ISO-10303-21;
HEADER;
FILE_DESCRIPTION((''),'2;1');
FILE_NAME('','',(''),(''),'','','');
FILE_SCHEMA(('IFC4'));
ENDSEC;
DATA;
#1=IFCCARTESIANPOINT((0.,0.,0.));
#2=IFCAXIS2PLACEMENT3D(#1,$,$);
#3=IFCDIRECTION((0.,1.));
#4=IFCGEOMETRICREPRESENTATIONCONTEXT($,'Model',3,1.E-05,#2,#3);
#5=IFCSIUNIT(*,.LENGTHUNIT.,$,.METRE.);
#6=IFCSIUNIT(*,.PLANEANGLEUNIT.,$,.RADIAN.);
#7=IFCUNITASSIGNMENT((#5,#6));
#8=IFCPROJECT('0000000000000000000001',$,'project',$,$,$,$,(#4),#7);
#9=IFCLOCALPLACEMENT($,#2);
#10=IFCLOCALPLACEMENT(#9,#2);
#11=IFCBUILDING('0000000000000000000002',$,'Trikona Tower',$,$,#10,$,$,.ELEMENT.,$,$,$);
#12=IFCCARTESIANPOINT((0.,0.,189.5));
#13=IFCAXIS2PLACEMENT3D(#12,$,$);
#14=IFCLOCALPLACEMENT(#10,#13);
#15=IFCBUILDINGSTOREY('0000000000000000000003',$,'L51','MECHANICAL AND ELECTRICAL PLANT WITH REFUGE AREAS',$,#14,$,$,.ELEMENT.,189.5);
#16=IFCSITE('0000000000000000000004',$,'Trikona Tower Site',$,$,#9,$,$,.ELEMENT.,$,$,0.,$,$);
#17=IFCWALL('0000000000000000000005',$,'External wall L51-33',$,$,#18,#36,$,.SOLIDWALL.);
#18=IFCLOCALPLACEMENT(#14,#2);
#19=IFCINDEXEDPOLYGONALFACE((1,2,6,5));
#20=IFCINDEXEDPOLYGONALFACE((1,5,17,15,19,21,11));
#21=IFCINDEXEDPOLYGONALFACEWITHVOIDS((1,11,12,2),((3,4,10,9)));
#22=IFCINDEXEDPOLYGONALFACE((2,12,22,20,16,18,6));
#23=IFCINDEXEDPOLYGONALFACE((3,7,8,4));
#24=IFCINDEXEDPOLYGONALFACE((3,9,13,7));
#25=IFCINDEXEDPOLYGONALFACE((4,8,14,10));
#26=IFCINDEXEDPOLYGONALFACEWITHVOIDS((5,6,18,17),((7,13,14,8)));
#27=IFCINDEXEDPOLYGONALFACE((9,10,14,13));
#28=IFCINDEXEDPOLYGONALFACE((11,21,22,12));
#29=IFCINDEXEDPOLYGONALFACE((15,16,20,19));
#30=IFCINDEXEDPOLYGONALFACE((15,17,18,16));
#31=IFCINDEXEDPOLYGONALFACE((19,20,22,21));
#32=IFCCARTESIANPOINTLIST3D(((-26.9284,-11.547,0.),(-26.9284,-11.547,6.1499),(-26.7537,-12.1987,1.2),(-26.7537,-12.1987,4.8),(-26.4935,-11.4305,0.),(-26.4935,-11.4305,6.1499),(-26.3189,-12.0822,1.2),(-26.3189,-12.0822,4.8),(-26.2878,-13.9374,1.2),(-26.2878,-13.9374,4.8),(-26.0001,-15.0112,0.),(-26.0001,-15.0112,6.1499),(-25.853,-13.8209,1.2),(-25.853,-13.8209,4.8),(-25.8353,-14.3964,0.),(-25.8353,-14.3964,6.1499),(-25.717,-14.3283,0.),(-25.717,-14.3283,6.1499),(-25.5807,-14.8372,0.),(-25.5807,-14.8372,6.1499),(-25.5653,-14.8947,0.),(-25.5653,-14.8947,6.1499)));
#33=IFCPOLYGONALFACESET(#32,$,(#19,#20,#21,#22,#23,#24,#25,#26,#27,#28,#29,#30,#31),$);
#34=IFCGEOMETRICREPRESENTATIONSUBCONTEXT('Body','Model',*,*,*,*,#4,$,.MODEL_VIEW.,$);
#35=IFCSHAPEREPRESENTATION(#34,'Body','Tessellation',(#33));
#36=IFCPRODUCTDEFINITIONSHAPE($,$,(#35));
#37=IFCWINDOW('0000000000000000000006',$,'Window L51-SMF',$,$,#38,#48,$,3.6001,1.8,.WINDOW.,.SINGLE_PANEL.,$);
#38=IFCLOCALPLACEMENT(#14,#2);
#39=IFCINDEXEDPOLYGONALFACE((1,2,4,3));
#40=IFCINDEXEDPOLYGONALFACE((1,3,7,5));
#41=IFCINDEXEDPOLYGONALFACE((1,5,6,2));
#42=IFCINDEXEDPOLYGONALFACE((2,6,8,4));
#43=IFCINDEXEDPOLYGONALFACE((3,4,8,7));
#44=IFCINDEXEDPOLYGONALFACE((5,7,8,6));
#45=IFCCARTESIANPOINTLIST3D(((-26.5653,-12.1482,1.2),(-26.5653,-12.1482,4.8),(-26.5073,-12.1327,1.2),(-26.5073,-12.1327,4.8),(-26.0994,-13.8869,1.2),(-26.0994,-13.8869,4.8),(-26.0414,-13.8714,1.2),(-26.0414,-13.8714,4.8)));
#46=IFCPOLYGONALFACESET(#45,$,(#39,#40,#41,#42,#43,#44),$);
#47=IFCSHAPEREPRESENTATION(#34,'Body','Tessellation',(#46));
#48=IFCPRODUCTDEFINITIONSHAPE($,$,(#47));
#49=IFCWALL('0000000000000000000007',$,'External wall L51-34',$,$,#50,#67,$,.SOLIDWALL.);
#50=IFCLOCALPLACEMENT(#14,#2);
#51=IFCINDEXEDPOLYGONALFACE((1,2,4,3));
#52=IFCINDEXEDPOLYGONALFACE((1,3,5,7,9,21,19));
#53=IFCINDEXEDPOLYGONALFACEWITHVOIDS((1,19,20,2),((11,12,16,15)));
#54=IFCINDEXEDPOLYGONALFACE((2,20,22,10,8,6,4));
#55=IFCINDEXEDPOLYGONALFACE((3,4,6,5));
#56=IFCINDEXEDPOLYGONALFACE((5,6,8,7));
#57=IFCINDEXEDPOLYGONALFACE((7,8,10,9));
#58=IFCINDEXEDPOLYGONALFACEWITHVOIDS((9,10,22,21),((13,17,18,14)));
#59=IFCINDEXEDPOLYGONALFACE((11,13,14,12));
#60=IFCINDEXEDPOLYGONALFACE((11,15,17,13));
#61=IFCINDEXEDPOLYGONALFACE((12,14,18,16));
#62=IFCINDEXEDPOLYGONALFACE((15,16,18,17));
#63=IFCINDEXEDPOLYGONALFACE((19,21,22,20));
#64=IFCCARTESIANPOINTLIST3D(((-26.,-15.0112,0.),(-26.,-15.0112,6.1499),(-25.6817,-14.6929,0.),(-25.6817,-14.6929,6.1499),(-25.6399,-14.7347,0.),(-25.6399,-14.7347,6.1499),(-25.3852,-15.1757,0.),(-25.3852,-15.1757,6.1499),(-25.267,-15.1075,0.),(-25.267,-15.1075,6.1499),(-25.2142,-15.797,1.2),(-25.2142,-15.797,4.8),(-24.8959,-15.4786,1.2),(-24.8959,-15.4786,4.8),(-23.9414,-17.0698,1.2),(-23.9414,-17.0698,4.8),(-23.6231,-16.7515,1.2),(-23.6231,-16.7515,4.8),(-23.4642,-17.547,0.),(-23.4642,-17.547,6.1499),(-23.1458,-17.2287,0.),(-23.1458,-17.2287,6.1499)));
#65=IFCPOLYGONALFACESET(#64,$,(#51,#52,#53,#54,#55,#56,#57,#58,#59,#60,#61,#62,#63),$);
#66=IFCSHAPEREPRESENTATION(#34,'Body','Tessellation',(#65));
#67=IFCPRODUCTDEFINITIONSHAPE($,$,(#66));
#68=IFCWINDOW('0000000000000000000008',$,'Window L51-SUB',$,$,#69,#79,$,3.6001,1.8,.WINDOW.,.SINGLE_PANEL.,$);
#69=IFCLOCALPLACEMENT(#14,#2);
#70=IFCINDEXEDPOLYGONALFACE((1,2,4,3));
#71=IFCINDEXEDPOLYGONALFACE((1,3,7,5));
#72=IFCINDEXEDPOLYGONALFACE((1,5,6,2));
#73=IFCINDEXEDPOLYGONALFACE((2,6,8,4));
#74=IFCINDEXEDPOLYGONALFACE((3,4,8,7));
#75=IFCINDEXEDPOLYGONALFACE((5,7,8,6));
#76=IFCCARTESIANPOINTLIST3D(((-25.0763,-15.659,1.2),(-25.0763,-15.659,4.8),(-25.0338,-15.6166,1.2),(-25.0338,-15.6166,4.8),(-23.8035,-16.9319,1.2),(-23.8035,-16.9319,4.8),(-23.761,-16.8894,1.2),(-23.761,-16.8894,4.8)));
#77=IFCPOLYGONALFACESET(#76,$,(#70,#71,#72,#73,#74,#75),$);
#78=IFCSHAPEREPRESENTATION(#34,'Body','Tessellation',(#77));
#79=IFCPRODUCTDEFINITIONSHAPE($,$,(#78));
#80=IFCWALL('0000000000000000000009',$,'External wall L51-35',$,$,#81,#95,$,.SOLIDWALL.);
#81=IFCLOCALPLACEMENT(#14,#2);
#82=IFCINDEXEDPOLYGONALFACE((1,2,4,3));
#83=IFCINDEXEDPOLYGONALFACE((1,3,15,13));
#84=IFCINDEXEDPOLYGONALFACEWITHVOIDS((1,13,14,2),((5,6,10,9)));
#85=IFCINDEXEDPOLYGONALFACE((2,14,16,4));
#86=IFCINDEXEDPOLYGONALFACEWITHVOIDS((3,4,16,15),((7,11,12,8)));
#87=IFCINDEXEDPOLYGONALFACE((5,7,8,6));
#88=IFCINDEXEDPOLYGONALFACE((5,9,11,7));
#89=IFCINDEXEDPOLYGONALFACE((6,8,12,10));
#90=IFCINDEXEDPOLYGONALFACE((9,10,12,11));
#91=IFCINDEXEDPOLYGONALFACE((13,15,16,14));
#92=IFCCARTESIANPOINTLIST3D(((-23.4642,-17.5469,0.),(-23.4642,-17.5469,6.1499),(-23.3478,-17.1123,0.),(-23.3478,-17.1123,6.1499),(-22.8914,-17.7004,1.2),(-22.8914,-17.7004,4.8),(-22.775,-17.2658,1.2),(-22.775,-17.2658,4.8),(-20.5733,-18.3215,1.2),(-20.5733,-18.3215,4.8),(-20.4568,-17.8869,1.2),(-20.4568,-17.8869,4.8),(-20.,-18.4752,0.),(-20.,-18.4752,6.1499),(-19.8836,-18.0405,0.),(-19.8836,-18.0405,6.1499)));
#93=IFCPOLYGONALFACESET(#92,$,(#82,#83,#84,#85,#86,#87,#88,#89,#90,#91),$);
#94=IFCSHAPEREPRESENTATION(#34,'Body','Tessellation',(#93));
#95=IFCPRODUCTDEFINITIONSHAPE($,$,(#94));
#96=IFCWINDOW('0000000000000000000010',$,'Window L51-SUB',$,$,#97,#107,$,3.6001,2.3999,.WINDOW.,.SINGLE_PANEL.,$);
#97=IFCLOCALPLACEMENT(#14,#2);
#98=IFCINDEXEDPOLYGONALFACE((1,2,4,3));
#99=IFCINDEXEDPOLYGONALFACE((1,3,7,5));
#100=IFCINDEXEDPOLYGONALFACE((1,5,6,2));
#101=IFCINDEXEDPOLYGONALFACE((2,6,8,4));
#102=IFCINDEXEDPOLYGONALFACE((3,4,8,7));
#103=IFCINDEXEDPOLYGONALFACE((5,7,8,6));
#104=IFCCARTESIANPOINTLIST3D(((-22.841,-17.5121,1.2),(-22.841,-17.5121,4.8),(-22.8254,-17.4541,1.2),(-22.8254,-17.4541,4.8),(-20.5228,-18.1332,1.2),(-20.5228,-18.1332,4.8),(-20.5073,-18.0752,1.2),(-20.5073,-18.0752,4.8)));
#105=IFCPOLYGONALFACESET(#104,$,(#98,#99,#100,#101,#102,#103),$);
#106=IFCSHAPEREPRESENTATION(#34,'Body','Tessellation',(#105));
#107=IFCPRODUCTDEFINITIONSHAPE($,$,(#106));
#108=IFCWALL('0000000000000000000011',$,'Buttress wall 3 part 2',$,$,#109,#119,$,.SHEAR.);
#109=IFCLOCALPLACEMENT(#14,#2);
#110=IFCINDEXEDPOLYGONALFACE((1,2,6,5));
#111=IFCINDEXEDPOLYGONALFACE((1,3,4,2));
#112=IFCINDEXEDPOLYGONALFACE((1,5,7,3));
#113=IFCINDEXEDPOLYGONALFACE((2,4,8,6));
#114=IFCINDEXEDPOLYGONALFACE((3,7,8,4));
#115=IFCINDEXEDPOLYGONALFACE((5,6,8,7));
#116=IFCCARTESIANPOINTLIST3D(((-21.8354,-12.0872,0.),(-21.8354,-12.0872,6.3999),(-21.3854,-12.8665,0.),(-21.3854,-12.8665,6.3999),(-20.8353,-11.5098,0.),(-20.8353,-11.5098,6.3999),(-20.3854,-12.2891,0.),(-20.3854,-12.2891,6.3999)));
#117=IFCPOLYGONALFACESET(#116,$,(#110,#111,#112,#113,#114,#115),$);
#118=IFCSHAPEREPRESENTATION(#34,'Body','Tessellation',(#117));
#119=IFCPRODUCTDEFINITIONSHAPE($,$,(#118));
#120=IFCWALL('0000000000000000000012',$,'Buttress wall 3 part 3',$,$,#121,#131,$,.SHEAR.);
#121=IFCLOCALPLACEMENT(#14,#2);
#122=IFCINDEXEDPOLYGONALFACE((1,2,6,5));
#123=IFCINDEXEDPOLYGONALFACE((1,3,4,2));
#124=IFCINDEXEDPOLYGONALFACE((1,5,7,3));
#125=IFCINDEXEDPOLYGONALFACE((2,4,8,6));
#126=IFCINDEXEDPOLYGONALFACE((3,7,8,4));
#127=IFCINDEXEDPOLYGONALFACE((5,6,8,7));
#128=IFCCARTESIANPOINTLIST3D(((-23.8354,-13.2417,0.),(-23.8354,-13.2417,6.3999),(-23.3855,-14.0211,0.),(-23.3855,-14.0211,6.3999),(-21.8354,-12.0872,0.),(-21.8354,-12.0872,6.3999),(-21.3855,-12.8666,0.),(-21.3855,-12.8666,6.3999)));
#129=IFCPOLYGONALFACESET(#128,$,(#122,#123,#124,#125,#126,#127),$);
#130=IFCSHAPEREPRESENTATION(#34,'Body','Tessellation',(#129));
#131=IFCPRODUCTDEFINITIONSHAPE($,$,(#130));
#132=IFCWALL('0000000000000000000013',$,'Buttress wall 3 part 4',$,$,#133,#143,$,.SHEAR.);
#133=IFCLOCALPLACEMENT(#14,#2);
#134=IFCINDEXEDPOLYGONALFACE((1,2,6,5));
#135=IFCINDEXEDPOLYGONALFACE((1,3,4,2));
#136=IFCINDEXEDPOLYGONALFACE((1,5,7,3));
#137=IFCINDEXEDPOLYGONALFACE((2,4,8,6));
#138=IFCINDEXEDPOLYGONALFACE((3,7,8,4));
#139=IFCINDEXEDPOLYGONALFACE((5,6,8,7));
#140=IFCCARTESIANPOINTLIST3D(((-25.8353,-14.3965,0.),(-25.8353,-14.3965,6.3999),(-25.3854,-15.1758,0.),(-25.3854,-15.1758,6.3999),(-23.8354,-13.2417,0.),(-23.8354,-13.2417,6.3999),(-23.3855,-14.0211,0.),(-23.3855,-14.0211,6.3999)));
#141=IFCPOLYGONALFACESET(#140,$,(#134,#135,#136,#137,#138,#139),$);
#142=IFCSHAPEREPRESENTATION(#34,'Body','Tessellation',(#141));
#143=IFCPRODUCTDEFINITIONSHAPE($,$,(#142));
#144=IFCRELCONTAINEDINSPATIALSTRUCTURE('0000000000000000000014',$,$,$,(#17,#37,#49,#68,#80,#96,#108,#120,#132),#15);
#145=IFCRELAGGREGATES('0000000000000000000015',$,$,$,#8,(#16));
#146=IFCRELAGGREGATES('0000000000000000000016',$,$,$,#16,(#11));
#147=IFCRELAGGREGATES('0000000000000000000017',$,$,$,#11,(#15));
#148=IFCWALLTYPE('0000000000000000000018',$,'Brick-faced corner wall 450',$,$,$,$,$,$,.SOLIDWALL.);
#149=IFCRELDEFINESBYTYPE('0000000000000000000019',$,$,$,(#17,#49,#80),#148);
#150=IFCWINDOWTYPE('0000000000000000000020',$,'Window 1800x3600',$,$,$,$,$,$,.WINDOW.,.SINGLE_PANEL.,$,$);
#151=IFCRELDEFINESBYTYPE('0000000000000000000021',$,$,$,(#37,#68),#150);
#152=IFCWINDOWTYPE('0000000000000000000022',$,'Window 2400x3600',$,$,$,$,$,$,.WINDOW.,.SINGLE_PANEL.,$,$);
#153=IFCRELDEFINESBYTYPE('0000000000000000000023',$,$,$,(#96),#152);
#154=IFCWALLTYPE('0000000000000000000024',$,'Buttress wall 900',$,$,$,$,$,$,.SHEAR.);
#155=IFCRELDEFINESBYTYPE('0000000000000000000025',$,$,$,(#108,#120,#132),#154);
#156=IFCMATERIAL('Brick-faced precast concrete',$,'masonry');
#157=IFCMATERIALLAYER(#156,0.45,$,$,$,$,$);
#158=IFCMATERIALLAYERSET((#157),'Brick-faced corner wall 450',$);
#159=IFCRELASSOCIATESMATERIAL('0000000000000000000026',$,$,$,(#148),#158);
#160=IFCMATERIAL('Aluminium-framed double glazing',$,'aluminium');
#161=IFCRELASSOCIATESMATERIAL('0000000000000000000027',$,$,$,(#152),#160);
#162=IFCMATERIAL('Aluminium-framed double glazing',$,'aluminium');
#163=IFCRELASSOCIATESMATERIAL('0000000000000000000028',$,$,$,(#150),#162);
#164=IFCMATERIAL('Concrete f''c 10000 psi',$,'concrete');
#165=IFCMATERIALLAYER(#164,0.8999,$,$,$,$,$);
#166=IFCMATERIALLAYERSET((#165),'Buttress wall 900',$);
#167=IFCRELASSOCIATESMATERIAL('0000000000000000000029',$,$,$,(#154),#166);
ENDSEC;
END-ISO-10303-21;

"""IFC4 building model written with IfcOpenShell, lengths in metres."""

from ifc_helpers import new_model, si_unit, direction, frame, frame_2d, origin, place, context, subcontext, project, spatial, polyline, rectangle, outline, extrude, material, layer, layer_set, type_object, element, fill, save


model = new_model("IFC4")

# Units and contexts
model_context = context("Model", 3, precision=1e-05, world=origin(), true_north=direction((0.0, 1.0)))
body_context = subcontext(model_context, "Body", "Model", "MODEL_VIEW")
ifc_project = project(units=[si_unit("LENGTHUNIT", "METRE"), si_unit("PLANEANGLEUNIT", "RADIAN")], contexts=[model_context])

# Site, building, storey
site_placement = place(None, origin())
site = spatial("IfcSite", under=ifc_project, at=site_placement, Name="Trikona Tower Site", CompositionType="ELEMENT", RefElevation=0.0)
building_placement = place(site_placement, origin())
building = spatial("IfcBuilding", under=site, at=building_placement, Name="Trikona Tower", CompositionType="ELEMENT")
storey_placement = place(building_placement, frame((0.0, 0.0, 189.5)))
storey = spatial("IfcBuildingStorey", under=building, at=storey_placement, Name="L51", Description="MECHANICAL AND ELECTRICAL PLANT WITH REFUGE AREAS", CompositionType="ELEMENT", Elevation=189.5)

# Walls, openings, windows
ifc_material_1 = material(Name="Brick-faced precast concrete", Category="masonry")
ifc_layer_1 = layer(ifc_material_1, 0.45)
ifc_layer_set_1 = layer_set([ifc_layer_1], Name="Brick-faced corner wall 450")
wall_type_1 = type_object("IfcWallType", Name="Brick-faced corner wall 450", PredefinedType="SOLIDWALL", material=ifc_layer_set_1)
ifc_material_2 = material(Name="Aluminium-framed double glazing", Category="aluminium")
window_type_1 = type_object("IfcWindowType", Name="Window 2400x3600", PartitioningType="SINGLE_PANEL", PredefinedType="WINDOW", material=ifc_material_2)
wall_1_placement = place(storey_placement, frame((-26.7109, -11.4888, 0.0), z_axis=(0.0, 0.0, 1.0), x_axis=(0.258823, -0.965925, 0.0)))
wall_1 = element("IfcWall", 1, at=wall_1_placement, inside=storey, type_object=wall_type_1, Name="External wall L51-33", PredefinedType="SOLIDWALL", context=body_context, shape_type="SweptSolid", body=[
    extrude(outline(polyline([(3.5864, 0.2251), (3.5269, 0.2251), (3.0352, 0.0933), (3.0, 0.2251), (0.0, 0.2251), (0.0, -0.2251), (3.5864, -0.2251), (3.5864, 0.2251)])), origin(), (0.0, 0.0, 1.0), 6.1499),
])
opening_1_placement = place(wall_1_placement, frame((0.6748, 0.0, 1.2)))
opening_1 = element("IfcOpeningElement", 2, at=opening_1_placement, cuts=wall_1, PredefinedType="OPENING", context=body_context, shape_type="SweptSolid", body=[
    extrude(rectangle(XDim=1.8, YDim=3.6001, at=frame_2d((0.8999, 1.8))), frame((0.0, 0.2349, 0.0), z_axis=(0.0, -1.0, 0.0), x_axis=(1.0, 0.0, 0.0)), (0.0, 0.0, 1.0), 0.47),
])
ifc_material_3 = material(Name="Aluminium-framed double glazing", Category="aluminium")
window_type_2 = type_object("IfcWindowType", Name="Window 1800x3600", PartitioningType="SINGLE_PANEL", PredefinedType="WINDOW", material=ifc_material_3)
window_1_placement = place(opening_1_placement, origin())
window_1 = element("IfcWindow", 3, at=window_1_placement, inside=storey, type_object=window_type_2, Name="Window L51-SMF", OverallHeight=3.6001, OverallWidth=1.8, PartitioningType="SINGLE_PANEL", PredefinedType="WINDOW", context=body_context, shape_type="SweptSolid", body=[
    extrude(rectangle(XDim=1.8, YDim=3.6001, at=frame_2d((0.8999, 1.8))), frame((0.0, 0.03, 0.0), z_axis=(0.0, -1.0, 0.0), x_axis=(1.0, 0.0, 0.0)), (0.0, 0.0, 1.0), 0.0601),
])
fill(opening_1, window_1)
wall_2_placement = place(storey_placement, frame((-25.8408, -14.8521, 0.0), z_axis=(0.0, 0.0, 1.0), x_axis=(0.707107, -0.707107, 0.0)))
wall_2 = element("IfcWall", 4, at=wall_2_placement, inside=storey, type_object=wall_type_1, Name="External wall L51-34", PredefinedType="SOLIDWALL", context=body_context, shape_type="SweptSolid", body=[
    extrude(outline(polyline([(3.5862, 0.2251), (0.5864, 0.2251), (0.551, 0.0933), (0.0591, 0.2251), (0.0, 0.2251), (0.0, -0.2251), (3.5862, -0.2251), (3.5862, 0.2251)])), origin(), (0.0, 0.0, 1.0), 6.1499),
])
opening_2_placement = place(wall_2_placement, frame((1.1113, 0.0, 1.2)))
opening_2 = element("IfcOpeningElement", 5, at=opening_2_placement, cuts=wall_2, PredefinedType="OPENING", context=body_context, shape_type="SweptSolid", body=[
    extrude(rectangle(XDim=1.8, YDim=3.6001, at=frame_2d((0.8999, 1.8))), frame((0.0, 0.2349, 0.0), z_axis=(0.0, -1.0, 0.0), x_axis=(1.0, 0.0, 0.0)), (0.0, 0.0, 1.0), 0.47),
])
window_2_placement = place(opening_2_placement, origin())
window_2 = element("IfcWindow", 6, at=window_2_placement, inside=storey, type_object=window_type_2, Name="Window L51-SUB", OverallHeight=3.6001, OverallWidth=1.8, PartitioningType="SINGLE_PANEL", PredefinedType="WINDOW", context=body_context, shape_type="SweptSolid", body=[
    extrude(rectangle(XDim=1.8, YDim=3.6001, at=frame_2d((0.8999, 1.8))), frame((0.0, 0.03, 0.0), z_axis=(0.0, -1.0, 0.0), x_axis=(1.0, 0.0, 0.0)), (0.0, 0.0, 1.0), 0.0601),
])
fill(opening_2, window_2)
wall_3_placement = place(storey_placement, frame((-23.406, -17.3296, 0.0), z_axis=(0.0, 0.0, 1.0), x_axis=(0.965925, -0.258823, 0.0)))
wall_3 = element("IfcWall", 7, at=wall_3_placement, inside=storey, type_object=wall_type_1, Name="External wall L51-35", PredefinedType="SOLIDWALL", context=body_context, shape_type="SweptSolid", body=[
    extrude(rectangle(XDim=3.5864, YDim=0.45, at=frame_2d((1.7932, 0.0))), origin(), (0.0, 0.0, 1.0), 6.1499),
])
opening_3_placement = place(wall_3_placement, frame((0.593, 0.0, 1.2)))
opening_3 = element("IfcOpeningElement", 8, at=opening_3_placement, cuts=wall_3, PredefinedType="OPENING", context=body_context, shape_type="SweptSolid", body=[
    extrude(rectangle(XDim=2.3999, YDim=3.6001, at=frame_2d((1.2, 1.8))), frame((0.0, 0.2349, 0.0), z_axis=(0.0, -1.0, 0.0), x_axis=(1.0, 0.0, 0.0)), (0.0, 0.0, 1.0), 0.47),
])
window_3_placement = place(opening_3_placement, origin())
window_3 = element("IfcWindow", 9, at=window_3_placement, inside=storey, type_object=window_type_1, Name="Window L51-SUB", OverallHeight=3.6001, OverallWidth=2.3999, PartitioningType="SINGLE_PANEL", PredefinedType="WINDOW", context=body_context, shape_type="SweptSolid", body=[
    extrude(rectangle(XDim=2.3999, YDim=3.6001, at=frame_2d((1.2, 1.8))), frame((0.0, 0.03, 0.0), z_axis=(0.0, -1.0, 0.0), x_axis=(1.0, 0.0, 0.0)), (0.0, 0.0, 1.0), 0.0601),
])
fill(opening_3, window_3)

# Walls
ifc_material_4 = material(Name="Concrete f'c 10000 psi", Category="concrete")
ifc_layer_2 = layer(ifc_material_4, 0.8999)
ifc_layer_set_2 = layer_set([ifc_layer_2], Name="Buttress wall 900")
wall_type_2 = type_object("IfcWallType", Name="Buttress wall 900", PredefinedType="SHEAR", material=ifc_layer_set_2)
wall_4_placement = place(storey_placement, frame((-20.6104, -11.8994, 0.0), z_axis=(0.0, 0.0, 1.0), x_axis=(-0.86601, -0.500027, 0.0)))
element("IfcWall", 10, at=wall_4_placement, inside=storey, type_object=wall_type_2, Name="Buttress wall 3 part 2", PredefinedType="SHEAR", context=body_context, shape_type="SweptSolid", body=[
    extrude(rectangle(XDim=1.1548, YDim=0.8999, at=frame_2d((0.5774, 0.0))), origin(), (0.0, 0.0, 1.0), 6.3999),
])
for number, where, z_axis, x_axis, name in (
    (11, (-21.6104, -12.4768, 0.0), (0.0, 0.0, 1.0), (-0.866055, -0.499948, 0.0), "Buttress wall 3 part 3"),
    (12, (-23.6104, -13.6313, 0.0), (0.0, 0.0, 1.0), (-0.86601, -0.500027, 0.0), "Buttress wall 3 part 4"),
):
    element("IfcWall", number, at=place(storey_placement, frame(where, z_axis=z_axis, x_axis=x_axis)), inside=storey, type_object=wall_type_2, Name=name, PredefinedType="SHEAR", context=body_context, shape_type="SweptSolid", body=[
        extrude(rectangle(XDim=2.3093, YDim=0.8999, at=frame_2d((1.1548, 0.0))), origin(), (0.0, 0.0, 1.0), 6.3999),
    ])

save(model, "model.ifc")
